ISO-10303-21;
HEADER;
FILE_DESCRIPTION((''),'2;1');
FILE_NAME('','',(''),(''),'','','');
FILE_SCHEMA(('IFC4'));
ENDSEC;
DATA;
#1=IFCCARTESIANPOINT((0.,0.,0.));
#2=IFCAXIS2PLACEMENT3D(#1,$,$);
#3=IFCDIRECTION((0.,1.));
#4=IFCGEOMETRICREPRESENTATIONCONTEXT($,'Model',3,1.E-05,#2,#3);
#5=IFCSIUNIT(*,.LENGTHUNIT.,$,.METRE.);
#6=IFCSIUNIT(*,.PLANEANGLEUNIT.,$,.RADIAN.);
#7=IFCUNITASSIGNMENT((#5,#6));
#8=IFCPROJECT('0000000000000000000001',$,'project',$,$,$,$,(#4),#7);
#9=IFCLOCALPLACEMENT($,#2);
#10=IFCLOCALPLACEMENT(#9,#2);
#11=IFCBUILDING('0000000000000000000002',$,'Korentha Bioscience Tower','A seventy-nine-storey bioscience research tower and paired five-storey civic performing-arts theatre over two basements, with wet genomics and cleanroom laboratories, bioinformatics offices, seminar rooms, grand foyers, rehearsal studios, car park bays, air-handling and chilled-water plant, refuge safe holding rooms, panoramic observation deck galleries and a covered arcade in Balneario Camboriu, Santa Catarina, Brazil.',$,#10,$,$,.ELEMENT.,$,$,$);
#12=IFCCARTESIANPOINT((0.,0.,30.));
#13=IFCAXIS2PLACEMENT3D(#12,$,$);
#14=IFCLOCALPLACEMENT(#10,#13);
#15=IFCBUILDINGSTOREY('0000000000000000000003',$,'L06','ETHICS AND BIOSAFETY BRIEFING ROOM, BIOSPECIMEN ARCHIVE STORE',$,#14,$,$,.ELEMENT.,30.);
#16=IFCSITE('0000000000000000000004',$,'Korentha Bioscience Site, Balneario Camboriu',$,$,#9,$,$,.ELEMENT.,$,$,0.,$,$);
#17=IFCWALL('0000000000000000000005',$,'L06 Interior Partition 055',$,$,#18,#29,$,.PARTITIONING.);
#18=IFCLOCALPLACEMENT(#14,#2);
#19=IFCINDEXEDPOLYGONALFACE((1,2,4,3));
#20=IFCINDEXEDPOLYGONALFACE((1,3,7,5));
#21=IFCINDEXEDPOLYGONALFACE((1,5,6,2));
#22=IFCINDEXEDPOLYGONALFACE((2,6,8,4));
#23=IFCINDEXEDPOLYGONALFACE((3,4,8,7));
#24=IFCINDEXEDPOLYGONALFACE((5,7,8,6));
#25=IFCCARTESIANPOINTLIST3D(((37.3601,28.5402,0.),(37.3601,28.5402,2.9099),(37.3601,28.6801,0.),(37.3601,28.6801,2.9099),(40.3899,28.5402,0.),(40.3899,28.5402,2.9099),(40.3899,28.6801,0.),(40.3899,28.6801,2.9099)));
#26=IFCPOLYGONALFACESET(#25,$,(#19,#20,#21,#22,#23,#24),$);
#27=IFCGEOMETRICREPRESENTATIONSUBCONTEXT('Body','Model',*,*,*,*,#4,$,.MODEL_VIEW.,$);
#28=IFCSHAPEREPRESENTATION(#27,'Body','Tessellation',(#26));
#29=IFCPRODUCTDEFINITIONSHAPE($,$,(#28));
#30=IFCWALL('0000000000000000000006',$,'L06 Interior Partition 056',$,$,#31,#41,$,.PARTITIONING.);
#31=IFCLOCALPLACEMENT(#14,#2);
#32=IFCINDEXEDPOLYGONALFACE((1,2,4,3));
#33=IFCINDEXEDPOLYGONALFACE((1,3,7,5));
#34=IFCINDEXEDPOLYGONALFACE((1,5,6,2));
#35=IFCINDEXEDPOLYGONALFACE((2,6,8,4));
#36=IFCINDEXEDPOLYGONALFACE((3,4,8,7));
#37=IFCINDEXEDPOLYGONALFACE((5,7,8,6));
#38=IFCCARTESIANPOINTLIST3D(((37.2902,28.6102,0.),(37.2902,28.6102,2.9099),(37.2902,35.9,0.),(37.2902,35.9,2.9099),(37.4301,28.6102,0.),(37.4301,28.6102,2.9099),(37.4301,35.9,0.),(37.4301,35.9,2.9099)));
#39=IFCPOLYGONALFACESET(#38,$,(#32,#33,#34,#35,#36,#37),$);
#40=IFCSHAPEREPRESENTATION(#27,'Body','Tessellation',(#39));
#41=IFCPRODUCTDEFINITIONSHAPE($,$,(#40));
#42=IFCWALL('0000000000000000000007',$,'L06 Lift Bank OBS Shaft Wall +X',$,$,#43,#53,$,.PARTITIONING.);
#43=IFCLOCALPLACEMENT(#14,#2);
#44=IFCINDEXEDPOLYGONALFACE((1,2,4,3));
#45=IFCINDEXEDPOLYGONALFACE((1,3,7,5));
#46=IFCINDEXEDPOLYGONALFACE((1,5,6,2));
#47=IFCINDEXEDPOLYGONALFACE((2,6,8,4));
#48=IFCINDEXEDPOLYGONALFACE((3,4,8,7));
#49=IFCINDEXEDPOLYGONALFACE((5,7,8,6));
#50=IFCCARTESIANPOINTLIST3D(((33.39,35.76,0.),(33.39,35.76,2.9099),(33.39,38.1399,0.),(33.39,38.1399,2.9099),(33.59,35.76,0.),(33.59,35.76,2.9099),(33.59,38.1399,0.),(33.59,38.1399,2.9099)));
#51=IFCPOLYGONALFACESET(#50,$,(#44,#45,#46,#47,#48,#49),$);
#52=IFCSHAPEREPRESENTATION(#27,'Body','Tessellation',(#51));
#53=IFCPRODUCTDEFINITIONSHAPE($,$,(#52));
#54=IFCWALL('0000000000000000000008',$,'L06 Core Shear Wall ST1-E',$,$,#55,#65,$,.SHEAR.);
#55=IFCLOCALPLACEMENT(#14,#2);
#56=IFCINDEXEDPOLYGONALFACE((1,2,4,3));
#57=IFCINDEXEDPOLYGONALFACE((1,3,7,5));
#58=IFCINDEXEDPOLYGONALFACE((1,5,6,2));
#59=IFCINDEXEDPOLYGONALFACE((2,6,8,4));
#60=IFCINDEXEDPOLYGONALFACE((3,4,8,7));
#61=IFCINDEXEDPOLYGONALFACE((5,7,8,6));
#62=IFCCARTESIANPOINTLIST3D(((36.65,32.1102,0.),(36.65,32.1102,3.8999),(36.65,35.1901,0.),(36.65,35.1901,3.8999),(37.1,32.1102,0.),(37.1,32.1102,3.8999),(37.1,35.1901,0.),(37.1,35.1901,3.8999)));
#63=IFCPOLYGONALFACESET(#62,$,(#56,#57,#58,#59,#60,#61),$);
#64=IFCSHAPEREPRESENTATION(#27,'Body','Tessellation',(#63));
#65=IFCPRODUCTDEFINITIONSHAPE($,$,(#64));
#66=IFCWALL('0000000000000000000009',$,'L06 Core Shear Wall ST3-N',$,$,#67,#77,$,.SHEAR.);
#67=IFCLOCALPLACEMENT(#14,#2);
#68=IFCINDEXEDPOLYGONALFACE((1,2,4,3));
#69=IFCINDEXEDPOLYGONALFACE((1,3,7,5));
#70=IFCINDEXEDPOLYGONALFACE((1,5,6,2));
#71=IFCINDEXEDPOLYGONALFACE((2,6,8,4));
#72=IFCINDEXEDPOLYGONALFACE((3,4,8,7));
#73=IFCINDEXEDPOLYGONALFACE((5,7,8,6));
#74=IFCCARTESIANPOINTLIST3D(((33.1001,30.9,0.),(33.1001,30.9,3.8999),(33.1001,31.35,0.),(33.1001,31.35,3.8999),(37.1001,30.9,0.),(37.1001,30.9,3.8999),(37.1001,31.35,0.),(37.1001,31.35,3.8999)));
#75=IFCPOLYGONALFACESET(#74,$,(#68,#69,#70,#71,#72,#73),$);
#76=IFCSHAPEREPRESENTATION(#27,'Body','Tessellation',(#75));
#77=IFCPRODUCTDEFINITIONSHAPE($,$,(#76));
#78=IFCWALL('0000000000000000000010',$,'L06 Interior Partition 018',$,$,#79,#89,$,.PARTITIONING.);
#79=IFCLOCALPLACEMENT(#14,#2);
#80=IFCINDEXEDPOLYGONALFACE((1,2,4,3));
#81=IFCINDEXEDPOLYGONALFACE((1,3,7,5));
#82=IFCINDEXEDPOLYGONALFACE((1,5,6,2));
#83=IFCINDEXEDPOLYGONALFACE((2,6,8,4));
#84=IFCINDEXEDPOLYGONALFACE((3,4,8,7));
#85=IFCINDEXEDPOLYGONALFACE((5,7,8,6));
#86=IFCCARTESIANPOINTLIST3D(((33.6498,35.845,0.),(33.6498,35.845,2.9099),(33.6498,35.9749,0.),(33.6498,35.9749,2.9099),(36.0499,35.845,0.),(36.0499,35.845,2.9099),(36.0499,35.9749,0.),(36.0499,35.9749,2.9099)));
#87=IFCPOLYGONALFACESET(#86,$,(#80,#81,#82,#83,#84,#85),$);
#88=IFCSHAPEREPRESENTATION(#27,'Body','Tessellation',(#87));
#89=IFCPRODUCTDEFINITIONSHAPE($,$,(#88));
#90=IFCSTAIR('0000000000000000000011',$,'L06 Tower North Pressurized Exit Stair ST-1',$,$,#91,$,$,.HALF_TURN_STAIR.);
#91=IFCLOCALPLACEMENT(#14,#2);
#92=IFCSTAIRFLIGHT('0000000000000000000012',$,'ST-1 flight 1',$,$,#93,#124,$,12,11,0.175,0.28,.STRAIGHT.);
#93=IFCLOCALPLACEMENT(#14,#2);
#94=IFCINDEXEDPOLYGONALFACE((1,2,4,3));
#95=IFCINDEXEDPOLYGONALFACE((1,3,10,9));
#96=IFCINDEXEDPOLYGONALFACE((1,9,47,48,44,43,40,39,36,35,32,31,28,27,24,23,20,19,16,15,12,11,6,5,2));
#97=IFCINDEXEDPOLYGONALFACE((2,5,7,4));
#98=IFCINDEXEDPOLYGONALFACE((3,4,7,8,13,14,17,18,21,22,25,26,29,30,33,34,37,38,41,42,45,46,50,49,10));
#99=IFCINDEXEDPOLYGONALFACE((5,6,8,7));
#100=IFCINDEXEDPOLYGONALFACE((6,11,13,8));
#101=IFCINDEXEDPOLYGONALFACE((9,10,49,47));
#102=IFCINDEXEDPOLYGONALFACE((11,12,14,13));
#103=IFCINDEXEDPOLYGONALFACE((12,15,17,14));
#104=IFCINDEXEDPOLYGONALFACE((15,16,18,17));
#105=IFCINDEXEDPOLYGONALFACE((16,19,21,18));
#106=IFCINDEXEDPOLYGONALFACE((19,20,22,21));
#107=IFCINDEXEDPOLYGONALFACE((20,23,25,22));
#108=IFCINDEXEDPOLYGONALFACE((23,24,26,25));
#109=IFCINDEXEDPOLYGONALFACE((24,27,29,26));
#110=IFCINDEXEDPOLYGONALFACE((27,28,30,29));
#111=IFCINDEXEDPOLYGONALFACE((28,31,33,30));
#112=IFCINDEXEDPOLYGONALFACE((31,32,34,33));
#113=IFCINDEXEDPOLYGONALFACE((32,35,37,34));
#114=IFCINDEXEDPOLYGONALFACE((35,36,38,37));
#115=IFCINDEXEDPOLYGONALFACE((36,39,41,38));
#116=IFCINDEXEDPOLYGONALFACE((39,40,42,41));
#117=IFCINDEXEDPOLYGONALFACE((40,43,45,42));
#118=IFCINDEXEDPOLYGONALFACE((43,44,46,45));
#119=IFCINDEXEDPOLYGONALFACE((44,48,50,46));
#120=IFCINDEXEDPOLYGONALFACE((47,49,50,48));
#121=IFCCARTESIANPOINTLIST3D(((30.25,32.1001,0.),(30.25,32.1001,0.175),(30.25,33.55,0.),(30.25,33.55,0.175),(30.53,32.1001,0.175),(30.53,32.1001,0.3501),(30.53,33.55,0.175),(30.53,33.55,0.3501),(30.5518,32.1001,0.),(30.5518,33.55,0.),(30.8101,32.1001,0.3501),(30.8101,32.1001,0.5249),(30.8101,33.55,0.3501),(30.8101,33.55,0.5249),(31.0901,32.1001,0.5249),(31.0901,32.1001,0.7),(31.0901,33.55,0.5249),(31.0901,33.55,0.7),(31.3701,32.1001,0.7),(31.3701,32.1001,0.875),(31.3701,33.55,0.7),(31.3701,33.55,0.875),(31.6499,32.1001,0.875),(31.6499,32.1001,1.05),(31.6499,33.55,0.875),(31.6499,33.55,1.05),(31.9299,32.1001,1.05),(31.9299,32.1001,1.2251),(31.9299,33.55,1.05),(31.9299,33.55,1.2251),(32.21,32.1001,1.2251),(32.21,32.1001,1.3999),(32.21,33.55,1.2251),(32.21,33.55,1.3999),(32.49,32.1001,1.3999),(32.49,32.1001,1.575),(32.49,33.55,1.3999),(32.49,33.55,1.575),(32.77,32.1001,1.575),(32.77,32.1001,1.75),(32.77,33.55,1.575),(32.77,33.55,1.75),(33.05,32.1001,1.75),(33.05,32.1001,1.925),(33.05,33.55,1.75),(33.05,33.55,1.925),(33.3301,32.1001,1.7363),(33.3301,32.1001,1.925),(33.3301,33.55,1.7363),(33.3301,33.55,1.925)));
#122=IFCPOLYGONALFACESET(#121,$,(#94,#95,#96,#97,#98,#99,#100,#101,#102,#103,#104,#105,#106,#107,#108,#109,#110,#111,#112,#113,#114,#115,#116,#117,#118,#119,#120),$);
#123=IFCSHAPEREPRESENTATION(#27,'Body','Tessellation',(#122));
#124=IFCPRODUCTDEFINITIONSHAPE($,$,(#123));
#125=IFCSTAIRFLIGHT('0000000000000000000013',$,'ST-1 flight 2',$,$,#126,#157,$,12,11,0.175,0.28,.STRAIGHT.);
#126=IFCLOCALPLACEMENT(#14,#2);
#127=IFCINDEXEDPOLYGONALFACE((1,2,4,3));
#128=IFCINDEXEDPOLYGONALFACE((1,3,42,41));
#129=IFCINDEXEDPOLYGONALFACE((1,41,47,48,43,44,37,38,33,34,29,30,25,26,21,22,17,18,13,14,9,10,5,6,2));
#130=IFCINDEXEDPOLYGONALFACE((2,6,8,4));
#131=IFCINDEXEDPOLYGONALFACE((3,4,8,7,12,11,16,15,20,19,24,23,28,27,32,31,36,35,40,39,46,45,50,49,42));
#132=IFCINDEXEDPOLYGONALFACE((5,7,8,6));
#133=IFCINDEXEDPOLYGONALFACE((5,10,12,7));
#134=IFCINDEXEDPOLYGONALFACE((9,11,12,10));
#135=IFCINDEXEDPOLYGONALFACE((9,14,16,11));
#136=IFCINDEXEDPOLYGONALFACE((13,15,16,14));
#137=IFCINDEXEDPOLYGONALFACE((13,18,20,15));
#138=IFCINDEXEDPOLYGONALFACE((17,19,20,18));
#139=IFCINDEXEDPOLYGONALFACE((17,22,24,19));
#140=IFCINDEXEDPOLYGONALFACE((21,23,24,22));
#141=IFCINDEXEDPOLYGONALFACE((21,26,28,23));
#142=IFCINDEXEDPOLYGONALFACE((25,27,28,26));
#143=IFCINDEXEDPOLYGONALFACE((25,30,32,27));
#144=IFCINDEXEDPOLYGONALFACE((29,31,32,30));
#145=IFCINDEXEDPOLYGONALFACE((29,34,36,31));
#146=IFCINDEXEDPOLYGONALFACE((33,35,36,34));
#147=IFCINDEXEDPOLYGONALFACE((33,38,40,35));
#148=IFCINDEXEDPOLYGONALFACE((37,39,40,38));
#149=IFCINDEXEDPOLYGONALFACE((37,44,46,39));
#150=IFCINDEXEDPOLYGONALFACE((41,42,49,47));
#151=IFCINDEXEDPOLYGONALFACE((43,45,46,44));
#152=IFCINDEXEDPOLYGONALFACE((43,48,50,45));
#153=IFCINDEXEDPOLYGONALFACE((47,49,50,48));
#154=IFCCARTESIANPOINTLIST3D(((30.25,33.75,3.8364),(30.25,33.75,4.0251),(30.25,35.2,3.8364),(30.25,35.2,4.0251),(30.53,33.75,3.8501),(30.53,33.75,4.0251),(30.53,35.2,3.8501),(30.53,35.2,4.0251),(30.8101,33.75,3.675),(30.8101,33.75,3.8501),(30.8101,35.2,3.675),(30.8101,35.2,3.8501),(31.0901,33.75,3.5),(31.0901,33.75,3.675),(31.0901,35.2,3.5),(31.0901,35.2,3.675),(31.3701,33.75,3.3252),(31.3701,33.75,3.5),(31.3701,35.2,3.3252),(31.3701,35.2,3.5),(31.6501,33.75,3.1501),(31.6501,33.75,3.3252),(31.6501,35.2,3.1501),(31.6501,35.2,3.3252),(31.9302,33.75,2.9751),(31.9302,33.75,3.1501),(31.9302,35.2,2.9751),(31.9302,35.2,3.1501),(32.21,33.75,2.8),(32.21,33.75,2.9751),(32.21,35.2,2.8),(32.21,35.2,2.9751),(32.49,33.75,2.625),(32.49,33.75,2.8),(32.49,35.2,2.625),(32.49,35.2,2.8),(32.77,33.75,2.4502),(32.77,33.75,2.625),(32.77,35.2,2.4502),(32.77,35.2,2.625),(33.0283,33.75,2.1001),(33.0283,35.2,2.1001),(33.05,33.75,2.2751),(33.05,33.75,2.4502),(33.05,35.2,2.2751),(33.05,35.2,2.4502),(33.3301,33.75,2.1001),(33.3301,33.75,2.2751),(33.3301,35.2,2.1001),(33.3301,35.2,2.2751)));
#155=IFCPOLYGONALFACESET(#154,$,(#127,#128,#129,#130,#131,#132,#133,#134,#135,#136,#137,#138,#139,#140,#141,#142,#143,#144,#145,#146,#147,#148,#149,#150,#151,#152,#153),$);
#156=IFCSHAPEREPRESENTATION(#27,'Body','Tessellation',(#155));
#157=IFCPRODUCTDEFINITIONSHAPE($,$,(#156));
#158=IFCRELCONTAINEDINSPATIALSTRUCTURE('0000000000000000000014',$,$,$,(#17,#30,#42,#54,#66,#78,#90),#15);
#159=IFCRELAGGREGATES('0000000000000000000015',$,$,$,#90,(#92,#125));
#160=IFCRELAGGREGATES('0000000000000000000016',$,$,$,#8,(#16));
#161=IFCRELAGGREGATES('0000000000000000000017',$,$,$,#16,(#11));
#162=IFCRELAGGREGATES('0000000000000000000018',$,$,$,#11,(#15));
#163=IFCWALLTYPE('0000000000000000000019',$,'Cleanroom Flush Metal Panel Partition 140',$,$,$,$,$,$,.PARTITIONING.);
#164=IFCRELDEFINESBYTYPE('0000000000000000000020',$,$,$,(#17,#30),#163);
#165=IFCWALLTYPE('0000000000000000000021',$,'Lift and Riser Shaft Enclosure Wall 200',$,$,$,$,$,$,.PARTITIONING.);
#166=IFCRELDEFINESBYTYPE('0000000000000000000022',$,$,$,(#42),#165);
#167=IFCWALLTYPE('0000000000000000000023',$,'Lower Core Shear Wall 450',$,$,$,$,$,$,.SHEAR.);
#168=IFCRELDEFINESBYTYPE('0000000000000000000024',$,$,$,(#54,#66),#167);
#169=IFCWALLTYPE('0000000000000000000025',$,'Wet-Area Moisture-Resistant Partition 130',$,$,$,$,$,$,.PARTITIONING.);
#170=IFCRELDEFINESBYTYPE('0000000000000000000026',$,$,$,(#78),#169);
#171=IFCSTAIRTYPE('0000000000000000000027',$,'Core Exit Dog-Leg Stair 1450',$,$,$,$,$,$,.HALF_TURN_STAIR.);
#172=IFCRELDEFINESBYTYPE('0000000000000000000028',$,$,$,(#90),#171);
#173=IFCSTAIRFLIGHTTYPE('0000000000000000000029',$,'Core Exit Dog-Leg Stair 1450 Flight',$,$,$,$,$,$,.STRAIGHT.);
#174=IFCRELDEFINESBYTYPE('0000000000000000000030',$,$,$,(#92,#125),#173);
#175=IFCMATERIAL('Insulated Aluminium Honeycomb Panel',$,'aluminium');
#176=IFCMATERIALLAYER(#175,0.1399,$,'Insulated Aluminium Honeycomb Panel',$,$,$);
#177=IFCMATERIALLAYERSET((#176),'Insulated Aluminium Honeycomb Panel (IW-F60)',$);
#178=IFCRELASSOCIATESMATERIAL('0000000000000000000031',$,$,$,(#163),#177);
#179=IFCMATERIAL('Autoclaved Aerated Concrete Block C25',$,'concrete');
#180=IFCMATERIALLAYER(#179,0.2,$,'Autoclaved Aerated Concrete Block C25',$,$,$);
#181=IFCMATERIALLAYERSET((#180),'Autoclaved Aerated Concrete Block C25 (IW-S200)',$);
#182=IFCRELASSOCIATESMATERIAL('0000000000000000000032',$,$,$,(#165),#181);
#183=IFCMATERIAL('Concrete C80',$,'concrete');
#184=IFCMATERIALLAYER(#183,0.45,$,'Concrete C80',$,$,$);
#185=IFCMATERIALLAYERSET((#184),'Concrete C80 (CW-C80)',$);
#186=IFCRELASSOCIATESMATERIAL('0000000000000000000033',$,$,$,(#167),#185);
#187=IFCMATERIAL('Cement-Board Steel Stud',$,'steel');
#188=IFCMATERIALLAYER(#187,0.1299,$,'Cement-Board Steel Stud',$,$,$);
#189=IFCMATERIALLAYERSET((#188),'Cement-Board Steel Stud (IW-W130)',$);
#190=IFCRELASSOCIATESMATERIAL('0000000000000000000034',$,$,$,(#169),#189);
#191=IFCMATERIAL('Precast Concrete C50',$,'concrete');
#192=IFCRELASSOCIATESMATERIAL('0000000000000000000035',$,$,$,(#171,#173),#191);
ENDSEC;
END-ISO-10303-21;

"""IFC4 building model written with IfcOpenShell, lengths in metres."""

from ifc_helpers import new_model, si_unit, direction, frame, frame_2d, origin, place, context, subcontext, project, spatial, polyline, rectangle, outline, extrude, material, layer, layer_set, type_object, element, aggregate, save


model = new_model("IFC4")

# Units and contexts
model_context = context("Model", 3, precision=1e-05, world=origin(), true_north=direction((0.0, 1.0)))
body_context = subcontext(model_context, "Body", "Model", "MODEL_VIEW")
ifc_project = project(units=[si_unit("LENGTHUNIT", "METRE"), si_unit("PLANEANGLEUNIT", "RADIAN")], contexts=[model_context])

# Site, building, storey
site_placement = place(None, origin())
site = spatial("IfcSite", under=ifc_project, at=site_placement, Name="Korentha Bioscience Site, Balneario Camboriu", CompositionType="ELEMENT", RefElevation=0.0)
building_placement = place(site_placement, origin())
building = spatial("IfcBuilding", under=site, at=building_placement, Name="Korentha Bioscience Tower", Description="A seventy-nine-storey bioscience research tower and paired five-storey civic performing-arts theatre over two basements, with wet genomics and cleanroom laboratories, bioinformatics offices, seminar rooms, grand foyers, rehearsal studios, car park bays, air-handling and chilled-water plant, refuge safe holding rooms, panoramic observation deck galleries and a covered arcade in Balneario Camboriu, Santa Catarina, Brazil.", CompositionType="ELEMENT")
storey_placement = place(building_placement, frame((0.0, 0.0, 30.0)))
storey = spatial("IfcBuildingStorey", under=building, at=storey_placement, Name="L06", Description="ETHICS AND BIOSAFETY BRIEFING ROOM, BIOSPECIMEN ARCHIVE STORE", CompositionType="ELEMENT", Elevation=30.0)

# Walls
ifc_material_1 = material(Name="Insulated Aluminium Honeycomb Panel", Category="aluminium")
ifc_layer_1 = layer(ifc_material_1, 0.1399, Name="Insulated Aluminium Honeycomb Panel")
ifc_layer_set_1 = layer_set([ifc_layer_1], Name="Insulated Aluminium Honeycomb Panel (IW-F60)")
wall_type_1 = type_object("IfcWallType", Name="Cleanroom Flush Metal Panel Partition 140", PredefinedType="PARTITIONING", material=ifc_layer_set_1)
wall_1_placement = place(storey_placement, frame((40.3899, 28.6101, 0.0), z_axis=(0.0, 0.0, 1.0), x_axis=(-1.0, 0.0, 0.0)))
element("IfcWall", 1, at=wall_1_placement, inside=storey, type_object=wall_type_1, Name="L06 Interior Partition 055", PredefinedType="PARTITIONING", context=body_context, shape_type="SweptSolid", body=[
    extrude(rectangle(XDim=3.0298, YDim=0.1399, at=frame_2d((1.5149, 0.0))), origin(), (0.0, 0.0, 1.0), 2.9099),
])
wall_2_placement = place(storey_placement, frame((37.3601, 28.6101, 0.0), z_axis=(0.0, 0.0, 1.0), x_axis=(0.0, 1.0, 0.0)))
element("IfcWall", 2, at=wall_2_placement, inside=storey, type_object=wall_type_1, Name="L06 Interior Partition 056", PredefinedType="PARTITIONING", context=body_context, shape_type="SweptSolid", body=[
    extrude(rectangle(XDim=7.2898, YDim=0.1399, at=frame_2d((3.645, 0.0))), origin(), (0.0, 0.0, 1.0), 2.9099),
])
ifc_material_2 = material(Name="Autoclaved Aerated Concrete Block C25", Category="concrete")
ifc_layer_2 = layer(ifc_material_2, 0.2, Name="Autoclaved Aerated Concrete Block C25")
ifc_layer_set_2 = layer_set([ifc_layer_2], Name="Autoclaved Aerated Concrete Block C25 (IW-S200)")
wall_type_2 = type_object("IfcWallType", Name="Lift and Riser Shaft Enclosure Wall 200", PredefinedType="PARTITIONING", material=ifc_layer_set_2)
wall_3_placement = place(storey_placement, frame((33.49, 35.76, 0.0), z_axis=(0.0, 0.0, 1.0), x_axis=(0.0, 1.0, 0.0)))
element("IfcWall", 3, at=wall_3_placement, inside=storey, type_object=wall_type_2, Name="L06 Lift Bank OBS Shaft Wall +X", PredefinedType="PARTITIONING", context=body_context, shape_type="SweptSolid", body=[
    extrude(rectangle(XDim=2.3799, YDim=0.2, at=frame_2d((1.1899, 0.0))), origin(), (0.0, 0.0, 1.0), 2.9099),
])
ifc_material_3 = material(Name="Concrete C80", Category="concrete")
ifc_layer_3 = layer(ifc_material_3, 0.45, Name="Concrete C80")
ifc_layer_set_3 = layer_set([ifc_layer_3], Name="Concrete C80 (CW-C80)")
wall_type_3 = type_object("IfcWallType", Name="Lower Core Shear Wall 450", PredefinedType="SHEAR", material=ifc_layer_set_3)
wall_4_placement = place(storey_placement, frame((36.875, 32.1101, 0.0), z_axis=(0.0, 0.0, 1.0), x_axis=(0.0, 1.0, 0.0)))
element("IfcWall", 4, at=wall_4_placement, inside=storey, type_object=wall_type_3, Name="L06 Core Shear Wall ST1-E", PredefinedType="SHEAR", context=body_context, shape_type="SweptSolid", body=[
    extrude(rectangle(XDim=3.0798, YDim=0.45, at=frame_2d((1.54, 0.0))), origin(), (0.0, 0.0, 1.0), 3.8999),
])
wall_5_placement = place(storey_placement, frame((33.1001, 31.125, 0.0), z_axis=(0.0, 0.0, 1.0), x_axis=(1.0, 0.0, 0.0)))
element("IfcWall", 5, at=wall_5_placement, inside=storey, type_object=wall_type_3, Name="L06 Core Shear Wall ST3-N", PredefinedType="SHEAR", context=body_context, shape_type="SweptSolid", body=[
    extrude(rectangle(XDim=4.0, YDim=0.45, at=frame_2d((2.0, 0.0))), origin(), (0.0, 0.0, 1.0), 3.8999),
])
ifc_material_4 = material(Name="Cement-Board Steel Stud", Category="steel")
ifc_layer_4 = layer(ifc_material_4, 0.1299, Name="Cement-Board Steel Stud")
ifc_layer_set_4 = layer_set([ifc_layer_4], Name="Cement-Board Steel Stud (IW-W130)")
wall_type_4 = type_object("IfcWallType", Name="Wet-Area Moisture-Resistant Partition 130", PredefinedType="PARTITIONING", material=ifc_layer_set_4)
wall_6_placement = place(storey_placement, frame((36.05, 35.9099, 0.0), z_axis=(0.0, 0.0, 1.0), x_axis=(-1.0, 0.0, 0.0)))
element("IfcWall", 6, at=wall_6_placement, inside=storey, type_object=wall_type_4, Name="L06 Interior Partition 018", PredefinedType="PARTITIONING", context=body_context, shape_type="SweptSolid", body=[
    extrude(rectangle(XDim=2.4001, YDim=0.1299, at=frame_2d((1.2002, 0.0))), origin(), (0.0, 0.0, 1.0), 2.9099),
])

# Stair, stair flights
ifc_material_5 = material(Name="Precast Concrete C50", Category="concrete")
stair_type = type_object("IfcStairType", Name="Core Exit Dog-Leg Stair 1450", PredefinedType="HALF_TURN_STAIR", material=ifc_material_5)
stair_1_placement = place(storey_placement, origin())
stair_1 = element("IfcStair", 7, at=stair_1_placement, inside=storey, type_object=stair_type, Name="L06 Tower North Pressurized Exit Stair ST-1", PredefinedType="HALF_TURN_STAIR")
stair_flight_type = type_object("IfcStairFlightType", Name="Core Exit Dog-Leg Stair 1450 Flight", PredefinedType="STRAIGHT", material=ifc_material_5)
stair_flight_1_placement = place(storey_placement, frame((30.25, 32.825, 0.0), z_axis=(0.0, 0.0, 1.0), x_axis=(1.0, 0.0, 0.0)))
stair_flight_1 = element("IfcStairFlight", 8, at=stair_flight_1_placement, type_object=stair_flight_type, Name="ST-1 flight 1", NumberOfRisers=12, NumberOfTreads=11, PredefinedType="STRAIGHT", RiserHeight=0.175, TreadLength=0.28, context=body_context, shape_type="SweptSolid", body=[
    extrude(outline(polyline([(0.0, 0.0), (0.0, 0.175), (0.28, 0.175), (0.28, 0.3501), (0.5601, 0.3501), (0.5601, 0.5249), (0.8401, 0.5249), (0.8401, 0.7), (1.1201, 0.7), (1.1201, 0.875), (1.3999, 0.875), (1.3999, 1.05), (1.6799, 1.05), (1.6799, 1.2251), (1.96, 1.2251), (1.96, 1.3999), (2.24, 1.3999), (2.24, 1.575), (2.52, 1.575), (2.52, 1.75), (2.8, 1.75), (2.8, 1.925), (3.0801, 1.925), (3.0801, 2.1001), (3.0801, 1.7363), (0.3018, 0.0), (0.0, 0.0)])), frame((0.0, 0.7251, 0.0), z_axis=(0.0, -1.0, 0.0), x_axis=(1.0, 0.0, 0.0)), (0.0, 0.0, 1.0), 1.45),
])
stair_flight_2_placement = place(storey_placement, frame((33.3301, 34.4751, 2.1001), z_axis=(0.0, 0.0, 1.0), x_axis=(-1.0, 0.0, 0.0)))
stair_flight_2 = element("IfcStairFlight", 9, at=stair_flight_2_placement, type_object=stair_flight_type, Name="ST-1 flight 2", NumberOfRisers=12, NumberOfTreads=11, PredefinedType="STRAIGHT", RiserHeight=0.175, TreadLength=0.28, context=body_context, shape_type="SweptSolid", body=[
    extrude(outline(polyline([(0.0, 0.0), (0.0, 0.175), (0.28, 0.175), (0.28, 0.3501), (0.5601, 0.3501), (0.5601, 0.5249), (0.8401, 0.5249), (0.8401, 0.7), (1.1201, 0.7), (1.1201, 0.875), (1.3999, 0.875), (1.3999, 1.05), (1.6799, 1.05), (1.6799, 1.2251), (1.96, 1.2251), (1.96, 1.3999), (2.24, 1.3999), (2.24, 1.575), (2.52, 1.575), (2.52, 1.75), (2.8, 1.75), (2.8, 1.925), (3.0801, 1.925), (3.0801, 2.1001), (3.0801, 1.7363), (0.3018, 0.0), (0.0, 0.0)])), frame((0.0, 0.7251, 0.0), z_axis=(0.0, -1.0, 0.0), x_axis=(1.0, 0.0, 0.0)), (0.0, 0.0, 1.0), 1.45),
])
aggregate(stair_1, [stair_flight_1, stair_flight_2])

save(model, "model.ifc")
